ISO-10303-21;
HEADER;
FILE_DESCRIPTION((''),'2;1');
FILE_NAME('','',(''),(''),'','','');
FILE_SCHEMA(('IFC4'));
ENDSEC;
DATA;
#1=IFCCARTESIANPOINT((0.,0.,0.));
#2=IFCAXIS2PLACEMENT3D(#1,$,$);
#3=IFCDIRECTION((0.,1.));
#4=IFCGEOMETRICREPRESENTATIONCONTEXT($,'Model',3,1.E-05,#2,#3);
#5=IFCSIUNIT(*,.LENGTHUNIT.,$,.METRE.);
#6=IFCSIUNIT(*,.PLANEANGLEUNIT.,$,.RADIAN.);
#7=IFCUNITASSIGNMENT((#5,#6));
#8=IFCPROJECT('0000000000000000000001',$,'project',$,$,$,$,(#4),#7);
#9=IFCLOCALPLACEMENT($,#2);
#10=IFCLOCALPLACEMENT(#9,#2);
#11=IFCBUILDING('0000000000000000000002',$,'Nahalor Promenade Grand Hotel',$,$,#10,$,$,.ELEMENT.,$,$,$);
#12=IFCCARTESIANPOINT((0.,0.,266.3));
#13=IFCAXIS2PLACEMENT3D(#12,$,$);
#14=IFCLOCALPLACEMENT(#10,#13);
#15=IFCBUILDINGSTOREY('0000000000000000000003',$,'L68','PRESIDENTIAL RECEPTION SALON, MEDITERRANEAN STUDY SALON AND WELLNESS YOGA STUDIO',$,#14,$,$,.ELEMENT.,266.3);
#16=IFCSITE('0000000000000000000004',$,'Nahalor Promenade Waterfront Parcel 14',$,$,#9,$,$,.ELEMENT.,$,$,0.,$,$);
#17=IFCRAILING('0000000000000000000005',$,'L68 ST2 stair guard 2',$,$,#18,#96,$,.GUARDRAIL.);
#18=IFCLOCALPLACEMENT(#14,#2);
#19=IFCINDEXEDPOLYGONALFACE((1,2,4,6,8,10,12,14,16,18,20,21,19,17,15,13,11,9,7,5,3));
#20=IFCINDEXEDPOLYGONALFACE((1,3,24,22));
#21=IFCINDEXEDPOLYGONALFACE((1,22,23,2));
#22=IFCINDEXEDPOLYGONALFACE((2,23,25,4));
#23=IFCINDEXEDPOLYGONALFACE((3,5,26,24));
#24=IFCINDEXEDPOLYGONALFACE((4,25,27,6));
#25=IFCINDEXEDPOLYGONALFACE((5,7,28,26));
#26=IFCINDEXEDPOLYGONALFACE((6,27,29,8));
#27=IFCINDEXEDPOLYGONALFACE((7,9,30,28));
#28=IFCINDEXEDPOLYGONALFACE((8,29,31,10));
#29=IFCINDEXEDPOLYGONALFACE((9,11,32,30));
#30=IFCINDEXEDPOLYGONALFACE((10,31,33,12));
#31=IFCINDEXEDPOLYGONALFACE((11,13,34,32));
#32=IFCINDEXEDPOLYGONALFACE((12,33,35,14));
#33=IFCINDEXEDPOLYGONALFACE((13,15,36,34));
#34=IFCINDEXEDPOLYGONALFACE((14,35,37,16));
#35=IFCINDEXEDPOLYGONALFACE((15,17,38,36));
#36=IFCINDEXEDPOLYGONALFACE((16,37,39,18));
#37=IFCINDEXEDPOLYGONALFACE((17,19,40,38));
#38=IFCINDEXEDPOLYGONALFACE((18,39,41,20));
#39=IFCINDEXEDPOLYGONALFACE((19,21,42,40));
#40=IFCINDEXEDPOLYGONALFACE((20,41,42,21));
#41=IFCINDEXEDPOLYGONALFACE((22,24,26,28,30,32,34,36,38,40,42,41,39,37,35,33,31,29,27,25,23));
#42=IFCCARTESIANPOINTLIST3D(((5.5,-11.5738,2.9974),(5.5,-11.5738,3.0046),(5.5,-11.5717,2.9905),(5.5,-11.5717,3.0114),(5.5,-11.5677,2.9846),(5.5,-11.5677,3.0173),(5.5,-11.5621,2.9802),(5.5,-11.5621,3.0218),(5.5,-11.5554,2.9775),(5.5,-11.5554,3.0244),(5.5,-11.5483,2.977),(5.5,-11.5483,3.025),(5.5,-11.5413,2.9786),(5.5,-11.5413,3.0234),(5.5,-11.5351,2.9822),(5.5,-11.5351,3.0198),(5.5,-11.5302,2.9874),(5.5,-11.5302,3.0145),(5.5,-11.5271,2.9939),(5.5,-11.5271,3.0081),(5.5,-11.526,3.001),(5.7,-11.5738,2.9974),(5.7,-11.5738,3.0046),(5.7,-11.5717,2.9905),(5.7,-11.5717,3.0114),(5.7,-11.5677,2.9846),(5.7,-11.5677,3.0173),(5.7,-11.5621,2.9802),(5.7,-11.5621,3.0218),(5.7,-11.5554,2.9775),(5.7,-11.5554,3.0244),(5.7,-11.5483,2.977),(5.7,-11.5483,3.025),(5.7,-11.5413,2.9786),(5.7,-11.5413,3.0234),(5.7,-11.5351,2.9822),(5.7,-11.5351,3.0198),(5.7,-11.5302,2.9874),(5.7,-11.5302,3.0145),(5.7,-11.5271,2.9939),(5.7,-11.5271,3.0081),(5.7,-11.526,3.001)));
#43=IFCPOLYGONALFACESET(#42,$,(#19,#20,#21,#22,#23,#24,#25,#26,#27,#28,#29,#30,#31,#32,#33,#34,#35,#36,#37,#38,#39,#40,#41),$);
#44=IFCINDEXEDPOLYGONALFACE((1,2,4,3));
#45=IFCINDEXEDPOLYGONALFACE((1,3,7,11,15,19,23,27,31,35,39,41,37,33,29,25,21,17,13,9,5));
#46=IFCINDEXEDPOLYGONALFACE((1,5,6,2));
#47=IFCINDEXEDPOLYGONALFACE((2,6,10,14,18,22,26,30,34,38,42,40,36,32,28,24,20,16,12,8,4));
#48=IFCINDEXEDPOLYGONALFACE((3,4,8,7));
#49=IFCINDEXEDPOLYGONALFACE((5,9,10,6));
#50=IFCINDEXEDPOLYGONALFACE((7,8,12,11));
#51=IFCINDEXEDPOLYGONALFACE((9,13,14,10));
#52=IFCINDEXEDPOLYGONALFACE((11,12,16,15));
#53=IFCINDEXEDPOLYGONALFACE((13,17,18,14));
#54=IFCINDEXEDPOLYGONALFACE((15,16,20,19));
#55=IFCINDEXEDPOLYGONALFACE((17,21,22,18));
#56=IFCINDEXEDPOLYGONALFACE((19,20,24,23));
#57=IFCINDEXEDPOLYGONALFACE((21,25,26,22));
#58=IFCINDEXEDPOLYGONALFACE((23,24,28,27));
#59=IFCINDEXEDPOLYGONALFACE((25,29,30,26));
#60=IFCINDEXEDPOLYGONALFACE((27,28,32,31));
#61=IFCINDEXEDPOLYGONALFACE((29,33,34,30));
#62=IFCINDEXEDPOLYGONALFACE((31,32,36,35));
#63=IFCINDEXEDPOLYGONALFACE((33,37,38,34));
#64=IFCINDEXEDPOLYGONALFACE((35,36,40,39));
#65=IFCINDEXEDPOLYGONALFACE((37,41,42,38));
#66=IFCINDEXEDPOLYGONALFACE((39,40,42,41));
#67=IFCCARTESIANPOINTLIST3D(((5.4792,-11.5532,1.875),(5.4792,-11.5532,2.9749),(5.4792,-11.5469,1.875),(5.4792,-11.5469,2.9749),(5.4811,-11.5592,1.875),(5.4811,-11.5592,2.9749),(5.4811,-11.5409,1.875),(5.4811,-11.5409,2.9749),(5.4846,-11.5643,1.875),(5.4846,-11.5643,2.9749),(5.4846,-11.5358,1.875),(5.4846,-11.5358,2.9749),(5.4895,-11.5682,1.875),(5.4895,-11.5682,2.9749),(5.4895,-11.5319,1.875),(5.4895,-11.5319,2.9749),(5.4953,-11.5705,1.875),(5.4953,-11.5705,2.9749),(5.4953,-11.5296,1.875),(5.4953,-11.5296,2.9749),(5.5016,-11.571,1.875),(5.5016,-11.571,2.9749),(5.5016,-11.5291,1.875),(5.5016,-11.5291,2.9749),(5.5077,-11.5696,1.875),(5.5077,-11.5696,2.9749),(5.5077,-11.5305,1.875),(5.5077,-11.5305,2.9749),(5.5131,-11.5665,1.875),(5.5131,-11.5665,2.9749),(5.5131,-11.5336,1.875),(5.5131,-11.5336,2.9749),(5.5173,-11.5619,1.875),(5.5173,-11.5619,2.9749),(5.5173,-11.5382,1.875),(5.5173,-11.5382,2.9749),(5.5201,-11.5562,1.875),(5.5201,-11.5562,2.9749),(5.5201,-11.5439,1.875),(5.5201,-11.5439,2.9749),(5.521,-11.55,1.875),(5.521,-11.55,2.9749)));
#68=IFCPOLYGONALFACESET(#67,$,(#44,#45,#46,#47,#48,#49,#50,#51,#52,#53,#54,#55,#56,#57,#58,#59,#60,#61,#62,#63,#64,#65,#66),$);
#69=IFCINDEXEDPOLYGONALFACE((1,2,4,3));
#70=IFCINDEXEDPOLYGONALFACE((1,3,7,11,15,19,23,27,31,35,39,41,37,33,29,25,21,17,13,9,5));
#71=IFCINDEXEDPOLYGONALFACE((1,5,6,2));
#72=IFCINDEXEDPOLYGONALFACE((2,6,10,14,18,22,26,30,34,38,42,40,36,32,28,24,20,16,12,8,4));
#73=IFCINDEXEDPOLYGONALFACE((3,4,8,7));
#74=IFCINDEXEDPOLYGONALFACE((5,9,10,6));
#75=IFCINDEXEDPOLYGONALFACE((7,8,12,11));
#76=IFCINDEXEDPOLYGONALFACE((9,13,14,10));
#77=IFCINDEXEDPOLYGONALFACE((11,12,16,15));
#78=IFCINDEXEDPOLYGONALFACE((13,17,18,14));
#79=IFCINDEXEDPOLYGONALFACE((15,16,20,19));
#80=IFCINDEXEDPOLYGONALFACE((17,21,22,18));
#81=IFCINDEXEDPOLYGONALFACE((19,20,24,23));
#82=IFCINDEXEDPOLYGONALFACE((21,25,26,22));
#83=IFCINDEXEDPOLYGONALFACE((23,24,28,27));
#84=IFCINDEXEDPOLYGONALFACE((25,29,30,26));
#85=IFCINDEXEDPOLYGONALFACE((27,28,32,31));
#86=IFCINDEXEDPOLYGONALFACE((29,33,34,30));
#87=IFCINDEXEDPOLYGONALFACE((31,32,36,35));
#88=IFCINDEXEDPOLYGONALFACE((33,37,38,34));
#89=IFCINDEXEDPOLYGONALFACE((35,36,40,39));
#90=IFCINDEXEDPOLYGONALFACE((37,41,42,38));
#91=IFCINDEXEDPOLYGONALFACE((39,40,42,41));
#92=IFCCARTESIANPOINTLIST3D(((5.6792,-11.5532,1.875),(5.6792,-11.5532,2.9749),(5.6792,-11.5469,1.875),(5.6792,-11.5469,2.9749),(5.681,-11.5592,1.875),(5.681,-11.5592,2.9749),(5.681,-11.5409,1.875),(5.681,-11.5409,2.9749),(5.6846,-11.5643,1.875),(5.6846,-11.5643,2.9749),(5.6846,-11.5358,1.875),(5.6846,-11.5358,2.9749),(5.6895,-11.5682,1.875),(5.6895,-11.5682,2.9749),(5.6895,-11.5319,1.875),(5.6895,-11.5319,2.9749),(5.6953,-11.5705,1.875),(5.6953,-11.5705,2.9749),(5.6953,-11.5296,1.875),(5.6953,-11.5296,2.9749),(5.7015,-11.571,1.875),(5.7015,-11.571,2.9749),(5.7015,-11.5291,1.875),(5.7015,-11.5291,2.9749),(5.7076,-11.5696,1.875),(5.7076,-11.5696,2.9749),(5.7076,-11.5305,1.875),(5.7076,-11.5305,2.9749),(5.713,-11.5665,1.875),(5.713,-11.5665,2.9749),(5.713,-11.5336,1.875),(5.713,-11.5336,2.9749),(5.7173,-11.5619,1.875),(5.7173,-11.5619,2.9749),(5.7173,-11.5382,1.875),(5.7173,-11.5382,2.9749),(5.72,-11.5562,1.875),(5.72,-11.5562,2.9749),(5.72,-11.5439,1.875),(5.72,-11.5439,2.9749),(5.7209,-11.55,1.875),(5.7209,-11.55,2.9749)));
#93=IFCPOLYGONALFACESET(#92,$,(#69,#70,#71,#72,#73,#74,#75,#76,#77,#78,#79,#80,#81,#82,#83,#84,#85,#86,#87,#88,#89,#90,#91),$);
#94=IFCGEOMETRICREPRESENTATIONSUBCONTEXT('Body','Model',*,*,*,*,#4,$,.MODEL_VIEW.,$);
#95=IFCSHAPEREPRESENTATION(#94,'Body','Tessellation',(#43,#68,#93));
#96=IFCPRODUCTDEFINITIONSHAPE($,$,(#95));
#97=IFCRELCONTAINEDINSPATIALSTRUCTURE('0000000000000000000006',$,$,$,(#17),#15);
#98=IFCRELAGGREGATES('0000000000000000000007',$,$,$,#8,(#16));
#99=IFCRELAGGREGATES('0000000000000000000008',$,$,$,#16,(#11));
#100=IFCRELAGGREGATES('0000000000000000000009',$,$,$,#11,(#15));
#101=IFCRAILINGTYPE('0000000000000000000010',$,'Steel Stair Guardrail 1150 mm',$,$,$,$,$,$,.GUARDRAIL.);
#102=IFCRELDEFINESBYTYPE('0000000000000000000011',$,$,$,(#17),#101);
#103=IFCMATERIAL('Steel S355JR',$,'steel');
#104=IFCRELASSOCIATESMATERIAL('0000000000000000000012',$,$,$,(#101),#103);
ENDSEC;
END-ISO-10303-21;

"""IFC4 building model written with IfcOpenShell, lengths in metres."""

from ifc_helpers import new_model, si_unit, direction, frame, origin, origin_2d, place, context, subcontext, project, spatial, circle, extrude, material, type_object, element, save


model = new_model("IFC4")

# Units and contexts
model_context = context("Model", 3, precision=1e-05, world=origin(), true_north=direction((0.0, 1.0)))
body_context = subcontext(model_context, "Body", "Model", "MODEL_VIEW")
ifc_project = project(units=[si_unit("LENGTHUNIT", "METRE"), si_unit("PLANEANGLEUNIT", "RADIAN")], contexts=[model_context])

# Site, building, storey
site_placement = place(None, origin())
site = spatial("IfcSite", under=ifc_project, at=site_placement, Name="Nahalor Promenade Waterfront Parcel 14", CompositionType="ELEMENT", RefElevation=0.0)
building_placement = place(site_placement, origin())
building = spatial("IfcBuilding", under=site, at=building_placement, Name="Nahalor Promenade Grand Hotel", CompositionType="ELEMENT")
storey_placement = place(building_placement, frame((0.0, 0.0, 266.3)))
storey = spatial("IfcBuildingStorey", under=building, at=storey_placement, Name="L68", Description="PRESIDENTIAL RECEPTION SALON, MEDITERRANEAN STUDY SALON AND WELLNESS YOGA STUDIO", CompositionType="ELEMENT", Elevation=266.3)

# Shared definitions
ifc_material_1 = material(Name="Steel S355JR", Category="steel")

# Railing
railing_type_1 = type_object("IfcRailingType", Name="Steel Stair Guardrail 1150 mm", PredefinedType="GUARDRAIL", material=ifc_material_1)
railing_1_placement = place(storey_placement, frame((5.5, -11.55, 1.875)))
element("IfcRailing", 1, at=railing_1_placement, inside=storey, type_object=railing_type_1, Name="L68 ST2 stair guard 2", PredefinedType="GUARDRAIL", context=body_context, shape_type="SweptSolid", body=[
    extrude(circle(Radius=0.024, at=origin_2d()), frame((0.0, 0.0, 1.126), z_axis=(1.0, 0.0, 0.0), x_axis=(0.0, 1.0, 0.0)), (0.0, 0.0, 1.0), 0.2),
    extrude(circle(Radius=0.021, at=origin_2d()), origin(), (0.0, 0.0, 1.0), 1.0999),
    extrude(circle(Radius=0.021, at=origin_2d()), frame((0.2, 0.0, 0.0)), (0.0, 0.0, 1.0), 1.0999),
])

save(model, "model.ifc")
